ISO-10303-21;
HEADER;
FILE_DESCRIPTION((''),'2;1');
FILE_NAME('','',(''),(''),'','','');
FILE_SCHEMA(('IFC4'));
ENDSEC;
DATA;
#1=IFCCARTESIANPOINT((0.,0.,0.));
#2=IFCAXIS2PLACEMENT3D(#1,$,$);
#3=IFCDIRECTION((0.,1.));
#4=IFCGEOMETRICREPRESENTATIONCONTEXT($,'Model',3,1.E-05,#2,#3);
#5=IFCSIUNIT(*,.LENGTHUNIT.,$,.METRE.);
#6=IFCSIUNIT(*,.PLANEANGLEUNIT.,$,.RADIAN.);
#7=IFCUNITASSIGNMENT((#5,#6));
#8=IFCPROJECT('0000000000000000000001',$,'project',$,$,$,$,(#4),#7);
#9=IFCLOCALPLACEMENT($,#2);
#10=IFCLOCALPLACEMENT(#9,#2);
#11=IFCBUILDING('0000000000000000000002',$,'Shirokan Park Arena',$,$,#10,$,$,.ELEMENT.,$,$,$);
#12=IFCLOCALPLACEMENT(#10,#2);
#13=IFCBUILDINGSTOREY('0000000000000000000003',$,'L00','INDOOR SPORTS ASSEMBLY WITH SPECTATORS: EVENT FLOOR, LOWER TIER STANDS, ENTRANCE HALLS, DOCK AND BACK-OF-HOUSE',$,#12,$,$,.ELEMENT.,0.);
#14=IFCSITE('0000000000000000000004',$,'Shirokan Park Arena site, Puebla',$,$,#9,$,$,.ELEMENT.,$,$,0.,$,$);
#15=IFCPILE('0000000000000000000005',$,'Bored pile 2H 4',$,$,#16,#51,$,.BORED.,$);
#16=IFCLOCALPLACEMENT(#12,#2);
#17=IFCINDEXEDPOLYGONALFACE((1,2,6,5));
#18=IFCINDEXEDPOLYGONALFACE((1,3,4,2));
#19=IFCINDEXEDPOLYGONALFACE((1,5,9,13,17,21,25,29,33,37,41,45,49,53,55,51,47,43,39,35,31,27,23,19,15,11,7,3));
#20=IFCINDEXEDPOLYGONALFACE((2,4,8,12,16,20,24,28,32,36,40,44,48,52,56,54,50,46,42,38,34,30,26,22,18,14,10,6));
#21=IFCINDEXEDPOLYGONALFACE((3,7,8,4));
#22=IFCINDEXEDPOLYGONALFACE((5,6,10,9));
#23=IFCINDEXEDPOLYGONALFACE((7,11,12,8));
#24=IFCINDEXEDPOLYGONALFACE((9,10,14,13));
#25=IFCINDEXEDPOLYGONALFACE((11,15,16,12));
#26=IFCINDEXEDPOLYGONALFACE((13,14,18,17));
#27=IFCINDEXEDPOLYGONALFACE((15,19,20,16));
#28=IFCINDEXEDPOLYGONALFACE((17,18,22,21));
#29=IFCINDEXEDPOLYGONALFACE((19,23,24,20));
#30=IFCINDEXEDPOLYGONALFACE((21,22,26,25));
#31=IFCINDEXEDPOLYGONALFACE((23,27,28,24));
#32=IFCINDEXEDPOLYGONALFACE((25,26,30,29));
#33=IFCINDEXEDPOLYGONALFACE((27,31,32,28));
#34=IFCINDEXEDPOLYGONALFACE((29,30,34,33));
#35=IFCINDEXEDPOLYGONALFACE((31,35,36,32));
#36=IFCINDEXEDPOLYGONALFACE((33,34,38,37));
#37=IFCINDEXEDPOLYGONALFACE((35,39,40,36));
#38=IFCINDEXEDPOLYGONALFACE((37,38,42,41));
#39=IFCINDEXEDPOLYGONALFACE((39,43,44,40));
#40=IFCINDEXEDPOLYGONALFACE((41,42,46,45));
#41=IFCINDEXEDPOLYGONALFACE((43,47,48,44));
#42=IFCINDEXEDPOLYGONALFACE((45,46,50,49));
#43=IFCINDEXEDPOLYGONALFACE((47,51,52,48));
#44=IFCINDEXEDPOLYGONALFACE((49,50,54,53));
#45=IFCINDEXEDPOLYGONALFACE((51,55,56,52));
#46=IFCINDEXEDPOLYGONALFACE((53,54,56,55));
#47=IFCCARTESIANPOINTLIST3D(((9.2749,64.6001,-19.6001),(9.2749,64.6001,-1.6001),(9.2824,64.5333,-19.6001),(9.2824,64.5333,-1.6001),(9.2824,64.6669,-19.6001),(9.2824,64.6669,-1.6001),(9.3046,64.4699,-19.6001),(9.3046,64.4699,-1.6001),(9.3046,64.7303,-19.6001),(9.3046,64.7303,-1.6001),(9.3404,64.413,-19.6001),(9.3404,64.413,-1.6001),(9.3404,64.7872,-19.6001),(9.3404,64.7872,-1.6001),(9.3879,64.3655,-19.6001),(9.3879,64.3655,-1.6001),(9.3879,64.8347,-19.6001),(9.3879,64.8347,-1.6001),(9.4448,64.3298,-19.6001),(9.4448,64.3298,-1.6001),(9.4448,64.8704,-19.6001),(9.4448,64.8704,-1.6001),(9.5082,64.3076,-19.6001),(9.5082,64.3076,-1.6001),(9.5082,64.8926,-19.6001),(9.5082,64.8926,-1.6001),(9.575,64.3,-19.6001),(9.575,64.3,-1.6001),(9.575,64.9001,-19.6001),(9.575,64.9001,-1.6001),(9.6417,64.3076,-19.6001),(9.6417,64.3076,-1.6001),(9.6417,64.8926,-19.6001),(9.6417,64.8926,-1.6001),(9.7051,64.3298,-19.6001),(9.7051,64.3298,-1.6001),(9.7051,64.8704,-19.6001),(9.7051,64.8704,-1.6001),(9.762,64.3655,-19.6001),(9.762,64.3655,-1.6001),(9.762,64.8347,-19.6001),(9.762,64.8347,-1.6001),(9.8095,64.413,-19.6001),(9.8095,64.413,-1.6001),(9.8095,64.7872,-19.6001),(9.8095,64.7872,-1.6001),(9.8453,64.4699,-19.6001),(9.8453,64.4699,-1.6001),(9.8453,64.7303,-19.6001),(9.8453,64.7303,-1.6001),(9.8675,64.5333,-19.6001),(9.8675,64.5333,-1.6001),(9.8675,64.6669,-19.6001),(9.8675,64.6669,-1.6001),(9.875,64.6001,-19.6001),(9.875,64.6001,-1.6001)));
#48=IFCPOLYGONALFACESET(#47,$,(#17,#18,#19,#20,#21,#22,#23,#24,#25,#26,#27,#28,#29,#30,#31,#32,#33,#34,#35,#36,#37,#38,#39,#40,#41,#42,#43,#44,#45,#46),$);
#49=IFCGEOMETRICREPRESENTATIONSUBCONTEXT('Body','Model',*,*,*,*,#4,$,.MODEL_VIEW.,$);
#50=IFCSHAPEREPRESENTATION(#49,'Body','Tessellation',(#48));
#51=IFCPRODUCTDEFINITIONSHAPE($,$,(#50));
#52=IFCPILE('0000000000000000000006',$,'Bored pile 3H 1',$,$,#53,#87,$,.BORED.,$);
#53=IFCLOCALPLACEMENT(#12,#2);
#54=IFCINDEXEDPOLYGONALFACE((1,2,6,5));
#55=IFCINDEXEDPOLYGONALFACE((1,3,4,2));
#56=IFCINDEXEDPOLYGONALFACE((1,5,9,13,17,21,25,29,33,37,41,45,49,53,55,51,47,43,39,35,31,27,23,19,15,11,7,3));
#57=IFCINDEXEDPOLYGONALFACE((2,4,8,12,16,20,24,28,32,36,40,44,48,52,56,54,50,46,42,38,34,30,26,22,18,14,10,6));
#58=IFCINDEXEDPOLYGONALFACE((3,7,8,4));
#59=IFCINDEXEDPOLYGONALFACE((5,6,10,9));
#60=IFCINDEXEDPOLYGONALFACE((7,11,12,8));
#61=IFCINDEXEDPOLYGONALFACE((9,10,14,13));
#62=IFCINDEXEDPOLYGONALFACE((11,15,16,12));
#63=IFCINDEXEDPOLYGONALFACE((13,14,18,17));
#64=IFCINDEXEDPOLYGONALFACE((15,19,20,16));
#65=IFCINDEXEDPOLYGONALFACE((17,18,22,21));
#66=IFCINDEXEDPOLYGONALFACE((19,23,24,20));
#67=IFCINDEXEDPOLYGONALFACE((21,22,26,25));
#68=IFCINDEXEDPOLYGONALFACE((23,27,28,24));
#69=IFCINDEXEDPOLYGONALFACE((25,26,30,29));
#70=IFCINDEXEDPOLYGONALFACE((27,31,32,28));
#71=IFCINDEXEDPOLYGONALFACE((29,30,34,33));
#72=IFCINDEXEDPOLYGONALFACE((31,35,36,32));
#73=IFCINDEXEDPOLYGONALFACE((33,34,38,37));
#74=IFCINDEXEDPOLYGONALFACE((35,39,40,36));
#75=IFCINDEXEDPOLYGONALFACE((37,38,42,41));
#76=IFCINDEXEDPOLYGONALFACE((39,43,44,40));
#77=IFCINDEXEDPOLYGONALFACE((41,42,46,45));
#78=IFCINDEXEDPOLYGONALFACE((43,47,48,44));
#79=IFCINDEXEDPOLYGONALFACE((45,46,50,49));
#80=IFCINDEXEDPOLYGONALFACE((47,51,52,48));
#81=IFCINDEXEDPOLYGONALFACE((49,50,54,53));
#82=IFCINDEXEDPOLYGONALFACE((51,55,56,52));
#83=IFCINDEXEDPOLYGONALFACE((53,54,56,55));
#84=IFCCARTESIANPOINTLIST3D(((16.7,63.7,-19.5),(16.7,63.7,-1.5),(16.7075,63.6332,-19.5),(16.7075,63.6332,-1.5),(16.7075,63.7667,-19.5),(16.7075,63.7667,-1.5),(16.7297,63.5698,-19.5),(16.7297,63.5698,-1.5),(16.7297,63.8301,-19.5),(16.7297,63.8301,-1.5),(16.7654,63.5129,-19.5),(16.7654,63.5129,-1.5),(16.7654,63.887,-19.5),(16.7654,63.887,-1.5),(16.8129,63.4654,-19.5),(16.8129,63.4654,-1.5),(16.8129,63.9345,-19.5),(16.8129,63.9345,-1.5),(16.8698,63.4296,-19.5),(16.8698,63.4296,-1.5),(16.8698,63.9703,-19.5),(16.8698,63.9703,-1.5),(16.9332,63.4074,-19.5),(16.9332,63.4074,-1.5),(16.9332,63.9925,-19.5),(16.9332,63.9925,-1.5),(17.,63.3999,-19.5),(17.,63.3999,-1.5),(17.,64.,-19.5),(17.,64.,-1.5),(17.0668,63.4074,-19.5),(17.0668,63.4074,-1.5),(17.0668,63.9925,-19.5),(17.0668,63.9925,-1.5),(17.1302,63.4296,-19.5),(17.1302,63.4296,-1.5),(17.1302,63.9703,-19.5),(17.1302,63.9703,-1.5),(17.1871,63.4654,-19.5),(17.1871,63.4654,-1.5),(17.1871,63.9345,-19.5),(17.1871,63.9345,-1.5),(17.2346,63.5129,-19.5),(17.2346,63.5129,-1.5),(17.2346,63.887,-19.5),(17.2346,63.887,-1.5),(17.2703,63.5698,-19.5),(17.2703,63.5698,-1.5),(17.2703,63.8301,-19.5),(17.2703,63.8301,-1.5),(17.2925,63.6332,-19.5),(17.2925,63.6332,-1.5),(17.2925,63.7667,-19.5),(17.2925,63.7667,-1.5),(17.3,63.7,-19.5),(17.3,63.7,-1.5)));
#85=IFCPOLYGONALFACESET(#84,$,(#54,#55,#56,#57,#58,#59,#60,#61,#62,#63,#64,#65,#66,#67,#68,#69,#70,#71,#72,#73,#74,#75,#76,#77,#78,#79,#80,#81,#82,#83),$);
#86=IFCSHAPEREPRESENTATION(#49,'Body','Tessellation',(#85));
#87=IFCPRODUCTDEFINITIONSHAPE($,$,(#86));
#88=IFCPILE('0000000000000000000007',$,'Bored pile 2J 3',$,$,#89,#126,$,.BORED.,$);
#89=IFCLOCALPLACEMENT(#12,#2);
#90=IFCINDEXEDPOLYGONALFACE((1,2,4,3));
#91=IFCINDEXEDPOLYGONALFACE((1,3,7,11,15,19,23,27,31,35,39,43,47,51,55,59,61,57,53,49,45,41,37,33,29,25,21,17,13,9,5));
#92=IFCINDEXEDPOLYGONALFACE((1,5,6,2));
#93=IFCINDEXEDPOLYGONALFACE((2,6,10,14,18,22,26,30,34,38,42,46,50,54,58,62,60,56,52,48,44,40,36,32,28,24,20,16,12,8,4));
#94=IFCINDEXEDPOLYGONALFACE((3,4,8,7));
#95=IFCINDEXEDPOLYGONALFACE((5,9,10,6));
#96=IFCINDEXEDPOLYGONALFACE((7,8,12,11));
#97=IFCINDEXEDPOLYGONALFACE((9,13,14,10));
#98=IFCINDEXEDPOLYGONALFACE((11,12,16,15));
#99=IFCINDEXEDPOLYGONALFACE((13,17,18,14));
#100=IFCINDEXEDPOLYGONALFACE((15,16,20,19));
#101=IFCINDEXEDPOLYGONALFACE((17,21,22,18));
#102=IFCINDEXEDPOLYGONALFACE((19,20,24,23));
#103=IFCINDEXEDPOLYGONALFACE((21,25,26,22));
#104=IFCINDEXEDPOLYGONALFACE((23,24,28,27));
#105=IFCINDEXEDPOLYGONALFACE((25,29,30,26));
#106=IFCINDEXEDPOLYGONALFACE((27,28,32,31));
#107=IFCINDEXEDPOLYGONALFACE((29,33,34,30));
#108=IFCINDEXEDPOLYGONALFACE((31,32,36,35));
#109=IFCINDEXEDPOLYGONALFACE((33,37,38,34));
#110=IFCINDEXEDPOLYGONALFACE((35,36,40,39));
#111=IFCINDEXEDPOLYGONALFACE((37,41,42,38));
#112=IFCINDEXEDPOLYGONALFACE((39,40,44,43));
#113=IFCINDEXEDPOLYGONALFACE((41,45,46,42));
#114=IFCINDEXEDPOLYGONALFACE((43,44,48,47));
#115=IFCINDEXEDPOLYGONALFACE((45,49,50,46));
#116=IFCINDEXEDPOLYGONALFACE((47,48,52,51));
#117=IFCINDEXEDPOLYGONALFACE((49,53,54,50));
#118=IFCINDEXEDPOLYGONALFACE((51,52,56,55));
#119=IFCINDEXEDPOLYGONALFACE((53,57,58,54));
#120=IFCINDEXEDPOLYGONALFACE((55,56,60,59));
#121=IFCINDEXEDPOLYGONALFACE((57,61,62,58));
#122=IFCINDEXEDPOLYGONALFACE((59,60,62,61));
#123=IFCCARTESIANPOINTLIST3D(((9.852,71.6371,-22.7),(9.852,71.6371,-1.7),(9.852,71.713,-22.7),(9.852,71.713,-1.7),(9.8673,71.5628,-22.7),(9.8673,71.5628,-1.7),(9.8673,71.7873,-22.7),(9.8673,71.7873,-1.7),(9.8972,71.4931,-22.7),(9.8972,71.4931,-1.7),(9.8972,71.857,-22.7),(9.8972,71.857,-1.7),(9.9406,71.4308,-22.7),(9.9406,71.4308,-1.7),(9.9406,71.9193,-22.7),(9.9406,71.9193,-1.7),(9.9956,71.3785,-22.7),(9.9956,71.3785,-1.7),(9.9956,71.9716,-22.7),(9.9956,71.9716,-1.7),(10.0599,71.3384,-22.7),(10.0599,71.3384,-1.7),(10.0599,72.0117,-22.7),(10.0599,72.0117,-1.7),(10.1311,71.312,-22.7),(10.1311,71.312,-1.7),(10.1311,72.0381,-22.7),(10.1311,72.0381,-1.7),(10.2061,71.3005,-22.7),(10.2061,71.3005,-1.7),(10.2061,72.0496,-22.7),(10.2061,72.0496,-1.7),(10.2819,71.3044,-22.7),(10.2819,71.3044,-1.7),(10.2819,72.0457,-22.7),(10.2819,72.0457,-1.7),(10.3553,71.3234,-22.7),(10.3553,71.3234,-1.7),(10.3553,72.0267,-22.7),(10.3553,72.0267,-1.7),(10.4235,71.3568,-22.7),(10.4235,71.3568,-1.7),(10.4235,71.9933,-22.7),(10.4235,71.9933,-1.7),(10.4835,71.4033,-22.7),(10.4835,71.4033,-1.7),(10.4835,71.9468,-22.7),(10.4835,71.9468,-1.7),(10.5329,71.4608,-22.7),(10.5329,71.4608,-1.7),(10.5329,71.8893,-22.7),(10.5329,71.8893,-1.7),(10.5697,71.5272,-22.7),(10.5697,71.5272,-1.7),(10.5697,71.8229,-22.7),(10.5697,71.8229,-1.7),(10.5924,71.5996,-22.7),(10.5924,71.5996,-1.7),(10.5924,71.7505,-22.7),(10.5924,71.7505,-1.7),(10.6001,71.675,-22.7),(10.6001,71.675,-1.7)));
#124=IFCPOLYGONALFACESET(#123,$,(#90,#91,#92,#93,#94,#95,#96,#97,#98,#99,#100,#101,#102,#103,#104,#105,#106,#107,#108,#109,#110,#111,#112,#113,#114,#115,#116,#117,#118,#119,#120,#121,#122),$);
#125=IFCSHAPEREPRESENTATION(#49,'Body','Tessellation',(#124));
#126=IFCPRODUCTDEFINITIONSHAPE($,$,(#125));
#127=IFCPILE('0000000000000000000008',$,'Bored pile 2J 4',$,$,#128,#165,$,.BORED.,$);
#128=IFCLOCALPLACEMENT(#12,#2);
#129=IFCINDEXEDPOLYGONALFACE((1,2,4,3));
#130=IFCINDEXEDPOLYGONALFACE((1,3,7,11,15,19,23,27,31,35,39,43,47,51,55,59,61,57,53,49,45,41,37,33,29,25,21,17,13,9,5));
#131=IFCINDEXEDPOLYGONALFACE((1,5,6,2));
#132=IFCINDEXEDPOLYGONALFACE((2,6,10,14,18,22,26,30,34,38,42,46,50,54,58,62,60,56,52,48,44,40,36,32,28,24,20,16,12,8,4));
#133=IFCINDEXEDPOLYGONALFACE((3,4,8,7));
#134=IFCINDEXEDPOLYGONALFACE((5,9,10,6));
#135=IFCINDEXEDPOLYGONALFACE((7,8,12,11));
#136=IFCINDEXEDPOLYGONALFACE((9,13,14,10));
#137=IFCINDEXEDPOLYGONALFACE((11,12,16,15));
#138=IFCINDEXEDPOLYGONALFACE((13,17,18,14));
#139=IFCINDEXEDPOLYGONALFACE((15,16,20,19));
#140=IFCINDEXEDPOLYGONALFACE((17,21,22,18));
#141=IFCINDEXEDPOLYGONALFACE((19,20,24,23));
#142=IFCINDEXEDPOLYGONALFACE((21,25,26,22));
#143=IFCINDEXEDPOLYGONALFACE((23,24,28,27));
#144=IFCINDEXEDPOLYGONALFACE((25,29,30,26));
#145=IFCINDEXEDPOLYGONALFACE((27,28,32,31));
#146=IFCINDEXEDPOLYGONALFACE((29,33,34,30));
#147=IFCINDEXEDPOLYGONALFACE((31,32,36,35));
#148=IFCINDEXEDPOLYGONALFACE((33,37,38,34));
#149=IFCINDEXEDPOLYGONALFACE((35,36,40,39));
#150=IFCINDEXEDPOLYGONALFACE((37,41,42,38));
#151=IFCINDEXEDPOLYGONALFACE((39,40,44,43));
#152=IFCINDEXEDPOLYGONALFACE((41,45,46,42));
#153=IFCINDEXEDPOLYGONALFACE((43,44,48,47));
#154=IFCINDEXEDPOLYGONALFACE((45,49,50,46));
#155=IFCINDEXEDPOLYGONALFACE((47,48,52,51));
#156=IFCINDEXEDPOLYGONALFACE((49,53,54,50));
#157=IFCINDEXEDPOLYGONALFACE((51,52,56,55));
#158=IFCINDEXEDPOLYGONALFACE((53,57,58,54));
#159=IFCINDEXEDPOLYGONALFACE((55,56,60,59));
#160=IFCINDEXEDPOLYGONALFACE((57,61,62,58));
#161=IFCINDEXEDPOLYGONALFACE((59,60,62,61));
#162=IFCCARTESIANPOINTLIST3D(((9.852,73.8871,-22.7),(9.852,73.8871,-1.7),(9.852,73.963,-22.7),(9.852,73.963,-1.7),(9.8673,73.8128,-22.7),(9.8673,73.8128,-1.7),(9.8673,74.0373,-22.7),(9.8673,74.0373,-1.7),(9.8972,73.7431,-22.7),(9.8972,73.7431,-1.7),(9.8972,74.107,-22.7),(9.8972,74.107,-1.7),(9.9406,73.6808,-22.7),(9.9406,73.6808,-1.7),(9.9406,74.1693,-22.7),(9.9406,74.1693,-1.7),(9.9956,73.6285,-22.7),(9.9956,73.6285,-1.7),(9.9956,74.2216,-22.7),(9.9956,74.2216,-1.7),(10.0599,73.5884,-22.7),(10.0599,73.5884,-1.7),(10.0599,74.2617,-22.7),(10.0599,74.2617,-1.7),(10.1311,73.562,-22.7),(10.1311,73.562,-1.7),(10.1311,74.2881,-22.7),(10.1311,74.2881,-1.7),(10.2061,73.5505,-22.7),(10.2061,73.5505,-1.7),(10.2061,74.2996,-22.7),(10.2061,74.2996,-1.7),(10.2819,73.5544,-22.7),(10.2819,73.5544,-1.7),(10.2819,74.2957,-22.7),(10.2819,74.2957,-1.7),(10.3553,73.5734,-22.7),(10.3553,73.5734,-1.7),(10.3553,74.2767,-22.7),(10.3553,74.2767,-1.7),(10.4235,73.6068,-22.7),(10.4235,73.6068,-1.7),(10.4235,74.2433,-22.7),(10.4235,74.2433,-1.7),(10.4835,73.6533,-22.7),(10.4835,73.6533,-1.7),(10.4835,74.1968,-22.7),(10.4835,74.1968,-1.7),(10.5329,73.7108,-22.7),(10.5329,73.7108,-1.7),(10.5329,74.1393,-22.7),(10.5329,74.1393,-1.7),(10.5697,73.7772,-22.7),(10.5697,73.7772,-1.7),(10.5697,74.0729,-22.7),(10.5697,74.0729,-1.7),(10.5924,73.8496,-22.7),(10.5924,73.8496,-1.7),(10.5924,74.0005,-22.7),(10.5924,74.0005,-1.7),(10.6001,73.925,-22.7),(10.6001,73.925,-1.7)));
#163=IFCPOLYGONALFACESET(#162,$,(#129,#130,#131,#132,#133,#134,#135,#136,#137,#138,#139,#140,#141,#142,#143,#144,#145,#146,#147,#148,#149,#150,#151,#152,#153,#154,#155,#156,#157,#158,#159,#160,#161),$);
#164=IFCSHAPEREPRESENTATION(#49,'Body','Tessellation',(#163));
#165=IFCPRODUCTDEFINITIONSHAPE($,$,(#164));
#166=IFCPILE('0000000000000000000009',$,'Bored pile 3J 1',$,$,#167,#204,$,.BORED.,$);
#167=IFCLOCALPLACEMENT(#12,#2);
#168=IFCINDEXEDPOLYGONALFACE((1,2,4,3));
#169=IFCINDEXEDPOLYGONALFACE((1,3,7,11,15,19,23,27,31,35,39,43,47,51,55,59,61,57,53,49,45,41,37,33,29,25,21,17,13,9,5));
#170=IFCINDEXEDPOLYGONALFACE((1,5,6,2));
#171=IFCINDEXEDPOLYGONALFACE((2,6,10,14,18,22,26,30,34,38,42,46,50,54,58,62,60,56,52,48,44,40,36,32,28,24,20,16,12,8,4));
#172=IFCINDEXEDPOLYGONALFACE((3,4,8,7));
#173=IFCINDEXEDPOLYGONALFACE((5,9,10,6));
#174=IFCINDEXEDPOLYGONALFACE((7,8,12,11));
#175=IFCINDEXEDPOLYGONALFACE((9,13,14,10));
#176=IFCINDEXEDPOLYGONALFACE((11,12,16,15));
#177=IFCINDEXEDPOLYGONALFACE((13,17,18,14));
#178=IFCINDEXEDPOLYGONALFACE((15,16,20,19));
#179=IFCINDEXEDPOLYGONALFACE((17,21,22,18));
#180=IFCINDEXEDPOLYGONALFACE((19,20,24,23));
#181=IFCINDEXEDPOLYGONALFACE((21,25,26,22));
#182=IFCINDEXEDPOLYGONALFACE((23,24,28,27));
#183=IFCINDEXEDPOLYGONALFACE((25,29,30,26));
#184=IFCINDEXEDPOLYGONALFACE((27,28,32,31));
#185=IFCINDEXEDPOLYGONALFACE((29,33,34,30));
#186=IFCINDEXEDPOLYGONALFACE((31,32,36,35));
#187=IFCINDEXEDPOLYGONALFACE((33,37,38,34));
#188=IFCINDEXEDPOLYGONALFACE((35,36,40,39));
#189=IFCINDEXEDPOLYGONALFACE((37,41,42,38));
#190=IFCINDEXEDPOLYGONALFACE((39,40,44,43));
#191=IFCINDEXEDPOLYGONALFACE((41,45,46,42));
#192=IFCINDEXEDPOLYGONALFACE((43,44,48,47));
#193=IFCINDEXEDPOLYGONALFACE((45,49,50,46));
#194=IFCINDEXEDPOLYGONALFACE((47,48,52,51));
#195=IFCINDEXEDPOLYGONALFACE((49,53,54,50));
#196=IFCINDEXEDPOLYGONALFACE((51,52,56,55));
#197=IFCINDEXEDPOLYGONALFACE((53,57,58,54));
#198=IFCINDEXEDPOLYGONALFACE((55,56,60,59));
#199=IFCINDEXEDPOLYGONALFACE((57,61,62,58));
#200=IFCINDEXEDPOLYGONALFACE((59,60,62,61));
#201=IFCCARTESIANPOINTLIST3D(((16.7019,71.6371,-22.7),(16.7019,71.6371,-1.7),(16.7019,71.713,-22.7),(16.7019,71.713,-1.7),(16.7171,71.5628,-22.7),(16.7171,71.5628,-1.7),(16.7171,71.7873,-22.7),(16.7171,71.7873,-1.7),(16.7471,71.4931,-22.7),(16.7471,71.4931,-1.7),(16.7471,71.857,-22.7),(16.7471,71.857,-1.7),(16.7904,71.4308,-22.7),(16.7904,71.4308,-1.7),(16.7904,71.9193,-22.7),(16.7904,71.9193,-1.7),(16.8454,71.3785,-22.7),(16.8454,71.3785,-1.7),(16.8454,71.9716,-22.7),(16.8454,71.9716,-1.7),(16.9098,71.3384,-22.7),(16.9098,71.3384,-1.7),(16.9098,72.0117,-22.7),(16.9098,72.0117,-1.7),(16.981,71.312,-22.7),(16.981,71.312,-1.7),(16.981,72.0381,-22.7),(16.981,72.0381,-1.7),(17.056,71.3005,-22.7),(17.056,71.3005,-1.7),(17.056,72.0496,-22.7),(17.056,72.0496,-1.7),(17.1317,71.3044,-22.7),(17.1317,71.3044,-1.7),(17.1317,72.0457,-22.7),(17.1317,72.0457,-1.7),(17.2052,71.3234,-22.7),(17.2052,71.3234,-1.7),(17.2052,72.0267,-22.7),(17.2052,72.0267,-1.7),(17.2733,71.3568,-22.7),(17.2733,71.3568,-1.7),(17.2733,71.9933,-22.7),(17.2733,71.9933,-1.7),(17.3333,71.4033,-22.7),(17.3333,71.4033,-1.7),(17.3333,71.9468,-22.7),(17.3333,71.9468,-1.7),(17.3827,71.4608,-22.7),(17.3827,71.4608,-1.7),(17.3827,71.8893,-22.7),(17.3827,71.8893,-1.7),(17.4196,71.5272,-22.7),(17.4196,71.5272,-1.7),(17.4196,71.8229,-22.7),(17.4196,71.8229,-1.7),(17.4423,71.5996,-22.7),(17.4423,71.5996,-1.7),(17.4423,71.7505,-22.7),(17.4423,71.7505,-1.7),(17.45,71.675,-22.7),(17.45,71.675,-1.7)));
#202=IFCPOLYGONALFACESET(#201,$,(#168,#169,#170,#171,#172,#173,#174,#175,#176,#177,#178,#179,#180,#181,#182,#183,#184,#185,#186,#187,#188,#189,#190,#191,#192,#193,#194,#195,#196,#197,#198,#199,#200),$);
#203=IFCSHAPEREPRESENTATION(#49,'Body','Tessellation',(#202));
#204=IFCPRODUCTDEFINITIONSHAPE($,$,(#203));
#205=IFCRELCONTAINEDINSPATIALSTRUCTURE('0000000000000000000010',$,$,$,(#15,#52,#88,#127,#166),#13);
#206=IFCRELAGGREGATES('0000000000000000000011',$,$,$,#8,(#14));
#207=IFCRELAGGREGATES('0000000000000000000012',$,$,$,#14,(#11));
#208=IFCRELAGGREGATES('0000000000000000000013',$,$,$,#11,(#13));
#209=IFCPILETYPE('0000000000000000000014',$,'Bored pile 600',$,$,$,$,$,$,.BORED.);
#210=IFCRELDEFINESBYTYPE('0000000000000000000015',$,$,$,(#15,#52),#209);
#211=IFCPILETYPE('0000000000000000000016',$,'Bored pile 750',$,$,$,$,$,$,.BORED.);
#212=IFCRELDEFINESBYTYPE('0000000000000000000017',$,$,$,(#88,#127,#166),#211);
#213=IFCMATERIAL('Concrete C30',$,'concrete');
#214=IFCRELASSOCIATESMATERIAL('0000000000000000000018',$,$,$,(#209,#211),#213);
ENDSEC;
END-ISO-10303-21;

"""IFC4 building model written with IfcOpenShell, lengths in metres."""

from ifc_helpers import new_model, si_unit, direction, frame, origin, origin_2d, place, context, subcontext, project, spatial, circle, extrude, material, material_profile, profile_set, type_object, element, save


model = new_model("IFC4")

# Units and contexts
model_context = context("Model", 3, precision=1e-05, world=origin(), true_north=direction((0.0, 1.0)))
body_context = subcontext(model_context, "Body", "Model", "MODEL_VIEW")
ifc_project = project(units=[si_unit("LENGTHUNIT", "METRE"), si_unit("PLANEANGLEUNIT", "RADIAN")], contexts=[model_context])

# Site, building, storey
site_placement = place(None, origin())
site = spatial("IfcSite", under=ifc_project, at=site_placement, Name="Shirokan Park Arena site, Puebla", CompositionType="ELEMENT", RefElevation=0.0)
building_placement = place(site_placement, origin())
building = spatial("IfcBuilding", under=site, at=building_placement, Name="Shirokan Park Arena", CompositionType="ELEMENT")
storey_placement = place(building_placement, origin())
storey = spatial("IfcBuildingStorey", under=building, at=storey_placement, Name="L00", Description="INDOOR SPORTS ASSEMBLY WITH SPECTATORS: EVENT FLOOR, LOWER TIER STANDS, ENTRANCE HALLS, DOCK AND BACK-OF-HOUSE", CompositionType="ELEMENT", Elevation=0.0)

# Piles
ifc_material_1 = material(Name="Concrete C30", Category="concrete")
ifc_material_profile_1 = material_profile(ifc_material_1, circle(Radius=0.3, at=origin_2d()), Name="D600")
ifc_profile_set_1 = profile_set([ifc_material_profile_1], Name="Concrete C30")
pile_type_1 = type_object("IfcPileType", Name="Bored pile 600", PredefinedType="BORED", material=ifc_profile_set_1)
for number, where, z_axis, x_axis, name in (
    (1, (9.575, 64.6001, -1.6001), (0.0, 0.0, -1.0), (1.0, 0.0, 0.0), "Bored pile 2H 4"),
    (2, (17.0, 63.7, -1.5), (0.0, 0.0, -1.0), (1.0, 0.0, 0.0), "Bored pile 3H 1"),
):
    element("IfcPile", number, at=place(storey_placement, frame(where, z_axis=z_axis, x_axis=x_axis)), inside=storey, type_object=pile_type_1, Name=name, PredefinedType="BORED", context=body_context, shape_type="SweptSolid", body=[
        extrude(circle(Radius=0.3, at=origin_2d()), origin(), (0.0, 0.0, 1.0), 18.0),
    ])
ifc_material_profile_2 = material_profile(ifc_material_1, circle(Radius=0.375, at=origin_2d()), Name="D750")
ifc_profile_set_2 = profile_set([ifc_material_profile_2], Name="Concrete C30")
pile_type_2 = type_object("IfcPileType", Name="Bored pile 750", PredefinedType="BORED", material=ifc_profile_set_2)
for number, where, z_axis, x_axis, name in (
    (3, (10.2251, 71.675, -1.7), (0.0, 0.0, -1.0), (1.0, 0.0, 0.0), "Bored pile 2J 3"),
    (4, (10.2251, 73.925, -1.7), (0.0, 0.0, -1.0), (1.0, 0.0, 0.0), "Bored pile 2J 4"),
    (5, (17.075, 71.675, -1.7), (0.0, 0.0, -1.0), (1.0, 0.0, 0.0), "Bored pile 3J 1"),
):
    element("IfcPile", number, at=place(storey_placement, frame(where, z_axis=z_axis, x_axis=x_axis)), inside=storey, type_object=pile_type_2, Name=name, PredefinedType="BORED", context=body_context, shape_type="SweptSolid", body=[
        extrude(circle(Radius=0.375, at=origin_2d()), origin(), (0.0, 0.0, 1.0), 21.0),
    ])

save(model, "model.ifc")
